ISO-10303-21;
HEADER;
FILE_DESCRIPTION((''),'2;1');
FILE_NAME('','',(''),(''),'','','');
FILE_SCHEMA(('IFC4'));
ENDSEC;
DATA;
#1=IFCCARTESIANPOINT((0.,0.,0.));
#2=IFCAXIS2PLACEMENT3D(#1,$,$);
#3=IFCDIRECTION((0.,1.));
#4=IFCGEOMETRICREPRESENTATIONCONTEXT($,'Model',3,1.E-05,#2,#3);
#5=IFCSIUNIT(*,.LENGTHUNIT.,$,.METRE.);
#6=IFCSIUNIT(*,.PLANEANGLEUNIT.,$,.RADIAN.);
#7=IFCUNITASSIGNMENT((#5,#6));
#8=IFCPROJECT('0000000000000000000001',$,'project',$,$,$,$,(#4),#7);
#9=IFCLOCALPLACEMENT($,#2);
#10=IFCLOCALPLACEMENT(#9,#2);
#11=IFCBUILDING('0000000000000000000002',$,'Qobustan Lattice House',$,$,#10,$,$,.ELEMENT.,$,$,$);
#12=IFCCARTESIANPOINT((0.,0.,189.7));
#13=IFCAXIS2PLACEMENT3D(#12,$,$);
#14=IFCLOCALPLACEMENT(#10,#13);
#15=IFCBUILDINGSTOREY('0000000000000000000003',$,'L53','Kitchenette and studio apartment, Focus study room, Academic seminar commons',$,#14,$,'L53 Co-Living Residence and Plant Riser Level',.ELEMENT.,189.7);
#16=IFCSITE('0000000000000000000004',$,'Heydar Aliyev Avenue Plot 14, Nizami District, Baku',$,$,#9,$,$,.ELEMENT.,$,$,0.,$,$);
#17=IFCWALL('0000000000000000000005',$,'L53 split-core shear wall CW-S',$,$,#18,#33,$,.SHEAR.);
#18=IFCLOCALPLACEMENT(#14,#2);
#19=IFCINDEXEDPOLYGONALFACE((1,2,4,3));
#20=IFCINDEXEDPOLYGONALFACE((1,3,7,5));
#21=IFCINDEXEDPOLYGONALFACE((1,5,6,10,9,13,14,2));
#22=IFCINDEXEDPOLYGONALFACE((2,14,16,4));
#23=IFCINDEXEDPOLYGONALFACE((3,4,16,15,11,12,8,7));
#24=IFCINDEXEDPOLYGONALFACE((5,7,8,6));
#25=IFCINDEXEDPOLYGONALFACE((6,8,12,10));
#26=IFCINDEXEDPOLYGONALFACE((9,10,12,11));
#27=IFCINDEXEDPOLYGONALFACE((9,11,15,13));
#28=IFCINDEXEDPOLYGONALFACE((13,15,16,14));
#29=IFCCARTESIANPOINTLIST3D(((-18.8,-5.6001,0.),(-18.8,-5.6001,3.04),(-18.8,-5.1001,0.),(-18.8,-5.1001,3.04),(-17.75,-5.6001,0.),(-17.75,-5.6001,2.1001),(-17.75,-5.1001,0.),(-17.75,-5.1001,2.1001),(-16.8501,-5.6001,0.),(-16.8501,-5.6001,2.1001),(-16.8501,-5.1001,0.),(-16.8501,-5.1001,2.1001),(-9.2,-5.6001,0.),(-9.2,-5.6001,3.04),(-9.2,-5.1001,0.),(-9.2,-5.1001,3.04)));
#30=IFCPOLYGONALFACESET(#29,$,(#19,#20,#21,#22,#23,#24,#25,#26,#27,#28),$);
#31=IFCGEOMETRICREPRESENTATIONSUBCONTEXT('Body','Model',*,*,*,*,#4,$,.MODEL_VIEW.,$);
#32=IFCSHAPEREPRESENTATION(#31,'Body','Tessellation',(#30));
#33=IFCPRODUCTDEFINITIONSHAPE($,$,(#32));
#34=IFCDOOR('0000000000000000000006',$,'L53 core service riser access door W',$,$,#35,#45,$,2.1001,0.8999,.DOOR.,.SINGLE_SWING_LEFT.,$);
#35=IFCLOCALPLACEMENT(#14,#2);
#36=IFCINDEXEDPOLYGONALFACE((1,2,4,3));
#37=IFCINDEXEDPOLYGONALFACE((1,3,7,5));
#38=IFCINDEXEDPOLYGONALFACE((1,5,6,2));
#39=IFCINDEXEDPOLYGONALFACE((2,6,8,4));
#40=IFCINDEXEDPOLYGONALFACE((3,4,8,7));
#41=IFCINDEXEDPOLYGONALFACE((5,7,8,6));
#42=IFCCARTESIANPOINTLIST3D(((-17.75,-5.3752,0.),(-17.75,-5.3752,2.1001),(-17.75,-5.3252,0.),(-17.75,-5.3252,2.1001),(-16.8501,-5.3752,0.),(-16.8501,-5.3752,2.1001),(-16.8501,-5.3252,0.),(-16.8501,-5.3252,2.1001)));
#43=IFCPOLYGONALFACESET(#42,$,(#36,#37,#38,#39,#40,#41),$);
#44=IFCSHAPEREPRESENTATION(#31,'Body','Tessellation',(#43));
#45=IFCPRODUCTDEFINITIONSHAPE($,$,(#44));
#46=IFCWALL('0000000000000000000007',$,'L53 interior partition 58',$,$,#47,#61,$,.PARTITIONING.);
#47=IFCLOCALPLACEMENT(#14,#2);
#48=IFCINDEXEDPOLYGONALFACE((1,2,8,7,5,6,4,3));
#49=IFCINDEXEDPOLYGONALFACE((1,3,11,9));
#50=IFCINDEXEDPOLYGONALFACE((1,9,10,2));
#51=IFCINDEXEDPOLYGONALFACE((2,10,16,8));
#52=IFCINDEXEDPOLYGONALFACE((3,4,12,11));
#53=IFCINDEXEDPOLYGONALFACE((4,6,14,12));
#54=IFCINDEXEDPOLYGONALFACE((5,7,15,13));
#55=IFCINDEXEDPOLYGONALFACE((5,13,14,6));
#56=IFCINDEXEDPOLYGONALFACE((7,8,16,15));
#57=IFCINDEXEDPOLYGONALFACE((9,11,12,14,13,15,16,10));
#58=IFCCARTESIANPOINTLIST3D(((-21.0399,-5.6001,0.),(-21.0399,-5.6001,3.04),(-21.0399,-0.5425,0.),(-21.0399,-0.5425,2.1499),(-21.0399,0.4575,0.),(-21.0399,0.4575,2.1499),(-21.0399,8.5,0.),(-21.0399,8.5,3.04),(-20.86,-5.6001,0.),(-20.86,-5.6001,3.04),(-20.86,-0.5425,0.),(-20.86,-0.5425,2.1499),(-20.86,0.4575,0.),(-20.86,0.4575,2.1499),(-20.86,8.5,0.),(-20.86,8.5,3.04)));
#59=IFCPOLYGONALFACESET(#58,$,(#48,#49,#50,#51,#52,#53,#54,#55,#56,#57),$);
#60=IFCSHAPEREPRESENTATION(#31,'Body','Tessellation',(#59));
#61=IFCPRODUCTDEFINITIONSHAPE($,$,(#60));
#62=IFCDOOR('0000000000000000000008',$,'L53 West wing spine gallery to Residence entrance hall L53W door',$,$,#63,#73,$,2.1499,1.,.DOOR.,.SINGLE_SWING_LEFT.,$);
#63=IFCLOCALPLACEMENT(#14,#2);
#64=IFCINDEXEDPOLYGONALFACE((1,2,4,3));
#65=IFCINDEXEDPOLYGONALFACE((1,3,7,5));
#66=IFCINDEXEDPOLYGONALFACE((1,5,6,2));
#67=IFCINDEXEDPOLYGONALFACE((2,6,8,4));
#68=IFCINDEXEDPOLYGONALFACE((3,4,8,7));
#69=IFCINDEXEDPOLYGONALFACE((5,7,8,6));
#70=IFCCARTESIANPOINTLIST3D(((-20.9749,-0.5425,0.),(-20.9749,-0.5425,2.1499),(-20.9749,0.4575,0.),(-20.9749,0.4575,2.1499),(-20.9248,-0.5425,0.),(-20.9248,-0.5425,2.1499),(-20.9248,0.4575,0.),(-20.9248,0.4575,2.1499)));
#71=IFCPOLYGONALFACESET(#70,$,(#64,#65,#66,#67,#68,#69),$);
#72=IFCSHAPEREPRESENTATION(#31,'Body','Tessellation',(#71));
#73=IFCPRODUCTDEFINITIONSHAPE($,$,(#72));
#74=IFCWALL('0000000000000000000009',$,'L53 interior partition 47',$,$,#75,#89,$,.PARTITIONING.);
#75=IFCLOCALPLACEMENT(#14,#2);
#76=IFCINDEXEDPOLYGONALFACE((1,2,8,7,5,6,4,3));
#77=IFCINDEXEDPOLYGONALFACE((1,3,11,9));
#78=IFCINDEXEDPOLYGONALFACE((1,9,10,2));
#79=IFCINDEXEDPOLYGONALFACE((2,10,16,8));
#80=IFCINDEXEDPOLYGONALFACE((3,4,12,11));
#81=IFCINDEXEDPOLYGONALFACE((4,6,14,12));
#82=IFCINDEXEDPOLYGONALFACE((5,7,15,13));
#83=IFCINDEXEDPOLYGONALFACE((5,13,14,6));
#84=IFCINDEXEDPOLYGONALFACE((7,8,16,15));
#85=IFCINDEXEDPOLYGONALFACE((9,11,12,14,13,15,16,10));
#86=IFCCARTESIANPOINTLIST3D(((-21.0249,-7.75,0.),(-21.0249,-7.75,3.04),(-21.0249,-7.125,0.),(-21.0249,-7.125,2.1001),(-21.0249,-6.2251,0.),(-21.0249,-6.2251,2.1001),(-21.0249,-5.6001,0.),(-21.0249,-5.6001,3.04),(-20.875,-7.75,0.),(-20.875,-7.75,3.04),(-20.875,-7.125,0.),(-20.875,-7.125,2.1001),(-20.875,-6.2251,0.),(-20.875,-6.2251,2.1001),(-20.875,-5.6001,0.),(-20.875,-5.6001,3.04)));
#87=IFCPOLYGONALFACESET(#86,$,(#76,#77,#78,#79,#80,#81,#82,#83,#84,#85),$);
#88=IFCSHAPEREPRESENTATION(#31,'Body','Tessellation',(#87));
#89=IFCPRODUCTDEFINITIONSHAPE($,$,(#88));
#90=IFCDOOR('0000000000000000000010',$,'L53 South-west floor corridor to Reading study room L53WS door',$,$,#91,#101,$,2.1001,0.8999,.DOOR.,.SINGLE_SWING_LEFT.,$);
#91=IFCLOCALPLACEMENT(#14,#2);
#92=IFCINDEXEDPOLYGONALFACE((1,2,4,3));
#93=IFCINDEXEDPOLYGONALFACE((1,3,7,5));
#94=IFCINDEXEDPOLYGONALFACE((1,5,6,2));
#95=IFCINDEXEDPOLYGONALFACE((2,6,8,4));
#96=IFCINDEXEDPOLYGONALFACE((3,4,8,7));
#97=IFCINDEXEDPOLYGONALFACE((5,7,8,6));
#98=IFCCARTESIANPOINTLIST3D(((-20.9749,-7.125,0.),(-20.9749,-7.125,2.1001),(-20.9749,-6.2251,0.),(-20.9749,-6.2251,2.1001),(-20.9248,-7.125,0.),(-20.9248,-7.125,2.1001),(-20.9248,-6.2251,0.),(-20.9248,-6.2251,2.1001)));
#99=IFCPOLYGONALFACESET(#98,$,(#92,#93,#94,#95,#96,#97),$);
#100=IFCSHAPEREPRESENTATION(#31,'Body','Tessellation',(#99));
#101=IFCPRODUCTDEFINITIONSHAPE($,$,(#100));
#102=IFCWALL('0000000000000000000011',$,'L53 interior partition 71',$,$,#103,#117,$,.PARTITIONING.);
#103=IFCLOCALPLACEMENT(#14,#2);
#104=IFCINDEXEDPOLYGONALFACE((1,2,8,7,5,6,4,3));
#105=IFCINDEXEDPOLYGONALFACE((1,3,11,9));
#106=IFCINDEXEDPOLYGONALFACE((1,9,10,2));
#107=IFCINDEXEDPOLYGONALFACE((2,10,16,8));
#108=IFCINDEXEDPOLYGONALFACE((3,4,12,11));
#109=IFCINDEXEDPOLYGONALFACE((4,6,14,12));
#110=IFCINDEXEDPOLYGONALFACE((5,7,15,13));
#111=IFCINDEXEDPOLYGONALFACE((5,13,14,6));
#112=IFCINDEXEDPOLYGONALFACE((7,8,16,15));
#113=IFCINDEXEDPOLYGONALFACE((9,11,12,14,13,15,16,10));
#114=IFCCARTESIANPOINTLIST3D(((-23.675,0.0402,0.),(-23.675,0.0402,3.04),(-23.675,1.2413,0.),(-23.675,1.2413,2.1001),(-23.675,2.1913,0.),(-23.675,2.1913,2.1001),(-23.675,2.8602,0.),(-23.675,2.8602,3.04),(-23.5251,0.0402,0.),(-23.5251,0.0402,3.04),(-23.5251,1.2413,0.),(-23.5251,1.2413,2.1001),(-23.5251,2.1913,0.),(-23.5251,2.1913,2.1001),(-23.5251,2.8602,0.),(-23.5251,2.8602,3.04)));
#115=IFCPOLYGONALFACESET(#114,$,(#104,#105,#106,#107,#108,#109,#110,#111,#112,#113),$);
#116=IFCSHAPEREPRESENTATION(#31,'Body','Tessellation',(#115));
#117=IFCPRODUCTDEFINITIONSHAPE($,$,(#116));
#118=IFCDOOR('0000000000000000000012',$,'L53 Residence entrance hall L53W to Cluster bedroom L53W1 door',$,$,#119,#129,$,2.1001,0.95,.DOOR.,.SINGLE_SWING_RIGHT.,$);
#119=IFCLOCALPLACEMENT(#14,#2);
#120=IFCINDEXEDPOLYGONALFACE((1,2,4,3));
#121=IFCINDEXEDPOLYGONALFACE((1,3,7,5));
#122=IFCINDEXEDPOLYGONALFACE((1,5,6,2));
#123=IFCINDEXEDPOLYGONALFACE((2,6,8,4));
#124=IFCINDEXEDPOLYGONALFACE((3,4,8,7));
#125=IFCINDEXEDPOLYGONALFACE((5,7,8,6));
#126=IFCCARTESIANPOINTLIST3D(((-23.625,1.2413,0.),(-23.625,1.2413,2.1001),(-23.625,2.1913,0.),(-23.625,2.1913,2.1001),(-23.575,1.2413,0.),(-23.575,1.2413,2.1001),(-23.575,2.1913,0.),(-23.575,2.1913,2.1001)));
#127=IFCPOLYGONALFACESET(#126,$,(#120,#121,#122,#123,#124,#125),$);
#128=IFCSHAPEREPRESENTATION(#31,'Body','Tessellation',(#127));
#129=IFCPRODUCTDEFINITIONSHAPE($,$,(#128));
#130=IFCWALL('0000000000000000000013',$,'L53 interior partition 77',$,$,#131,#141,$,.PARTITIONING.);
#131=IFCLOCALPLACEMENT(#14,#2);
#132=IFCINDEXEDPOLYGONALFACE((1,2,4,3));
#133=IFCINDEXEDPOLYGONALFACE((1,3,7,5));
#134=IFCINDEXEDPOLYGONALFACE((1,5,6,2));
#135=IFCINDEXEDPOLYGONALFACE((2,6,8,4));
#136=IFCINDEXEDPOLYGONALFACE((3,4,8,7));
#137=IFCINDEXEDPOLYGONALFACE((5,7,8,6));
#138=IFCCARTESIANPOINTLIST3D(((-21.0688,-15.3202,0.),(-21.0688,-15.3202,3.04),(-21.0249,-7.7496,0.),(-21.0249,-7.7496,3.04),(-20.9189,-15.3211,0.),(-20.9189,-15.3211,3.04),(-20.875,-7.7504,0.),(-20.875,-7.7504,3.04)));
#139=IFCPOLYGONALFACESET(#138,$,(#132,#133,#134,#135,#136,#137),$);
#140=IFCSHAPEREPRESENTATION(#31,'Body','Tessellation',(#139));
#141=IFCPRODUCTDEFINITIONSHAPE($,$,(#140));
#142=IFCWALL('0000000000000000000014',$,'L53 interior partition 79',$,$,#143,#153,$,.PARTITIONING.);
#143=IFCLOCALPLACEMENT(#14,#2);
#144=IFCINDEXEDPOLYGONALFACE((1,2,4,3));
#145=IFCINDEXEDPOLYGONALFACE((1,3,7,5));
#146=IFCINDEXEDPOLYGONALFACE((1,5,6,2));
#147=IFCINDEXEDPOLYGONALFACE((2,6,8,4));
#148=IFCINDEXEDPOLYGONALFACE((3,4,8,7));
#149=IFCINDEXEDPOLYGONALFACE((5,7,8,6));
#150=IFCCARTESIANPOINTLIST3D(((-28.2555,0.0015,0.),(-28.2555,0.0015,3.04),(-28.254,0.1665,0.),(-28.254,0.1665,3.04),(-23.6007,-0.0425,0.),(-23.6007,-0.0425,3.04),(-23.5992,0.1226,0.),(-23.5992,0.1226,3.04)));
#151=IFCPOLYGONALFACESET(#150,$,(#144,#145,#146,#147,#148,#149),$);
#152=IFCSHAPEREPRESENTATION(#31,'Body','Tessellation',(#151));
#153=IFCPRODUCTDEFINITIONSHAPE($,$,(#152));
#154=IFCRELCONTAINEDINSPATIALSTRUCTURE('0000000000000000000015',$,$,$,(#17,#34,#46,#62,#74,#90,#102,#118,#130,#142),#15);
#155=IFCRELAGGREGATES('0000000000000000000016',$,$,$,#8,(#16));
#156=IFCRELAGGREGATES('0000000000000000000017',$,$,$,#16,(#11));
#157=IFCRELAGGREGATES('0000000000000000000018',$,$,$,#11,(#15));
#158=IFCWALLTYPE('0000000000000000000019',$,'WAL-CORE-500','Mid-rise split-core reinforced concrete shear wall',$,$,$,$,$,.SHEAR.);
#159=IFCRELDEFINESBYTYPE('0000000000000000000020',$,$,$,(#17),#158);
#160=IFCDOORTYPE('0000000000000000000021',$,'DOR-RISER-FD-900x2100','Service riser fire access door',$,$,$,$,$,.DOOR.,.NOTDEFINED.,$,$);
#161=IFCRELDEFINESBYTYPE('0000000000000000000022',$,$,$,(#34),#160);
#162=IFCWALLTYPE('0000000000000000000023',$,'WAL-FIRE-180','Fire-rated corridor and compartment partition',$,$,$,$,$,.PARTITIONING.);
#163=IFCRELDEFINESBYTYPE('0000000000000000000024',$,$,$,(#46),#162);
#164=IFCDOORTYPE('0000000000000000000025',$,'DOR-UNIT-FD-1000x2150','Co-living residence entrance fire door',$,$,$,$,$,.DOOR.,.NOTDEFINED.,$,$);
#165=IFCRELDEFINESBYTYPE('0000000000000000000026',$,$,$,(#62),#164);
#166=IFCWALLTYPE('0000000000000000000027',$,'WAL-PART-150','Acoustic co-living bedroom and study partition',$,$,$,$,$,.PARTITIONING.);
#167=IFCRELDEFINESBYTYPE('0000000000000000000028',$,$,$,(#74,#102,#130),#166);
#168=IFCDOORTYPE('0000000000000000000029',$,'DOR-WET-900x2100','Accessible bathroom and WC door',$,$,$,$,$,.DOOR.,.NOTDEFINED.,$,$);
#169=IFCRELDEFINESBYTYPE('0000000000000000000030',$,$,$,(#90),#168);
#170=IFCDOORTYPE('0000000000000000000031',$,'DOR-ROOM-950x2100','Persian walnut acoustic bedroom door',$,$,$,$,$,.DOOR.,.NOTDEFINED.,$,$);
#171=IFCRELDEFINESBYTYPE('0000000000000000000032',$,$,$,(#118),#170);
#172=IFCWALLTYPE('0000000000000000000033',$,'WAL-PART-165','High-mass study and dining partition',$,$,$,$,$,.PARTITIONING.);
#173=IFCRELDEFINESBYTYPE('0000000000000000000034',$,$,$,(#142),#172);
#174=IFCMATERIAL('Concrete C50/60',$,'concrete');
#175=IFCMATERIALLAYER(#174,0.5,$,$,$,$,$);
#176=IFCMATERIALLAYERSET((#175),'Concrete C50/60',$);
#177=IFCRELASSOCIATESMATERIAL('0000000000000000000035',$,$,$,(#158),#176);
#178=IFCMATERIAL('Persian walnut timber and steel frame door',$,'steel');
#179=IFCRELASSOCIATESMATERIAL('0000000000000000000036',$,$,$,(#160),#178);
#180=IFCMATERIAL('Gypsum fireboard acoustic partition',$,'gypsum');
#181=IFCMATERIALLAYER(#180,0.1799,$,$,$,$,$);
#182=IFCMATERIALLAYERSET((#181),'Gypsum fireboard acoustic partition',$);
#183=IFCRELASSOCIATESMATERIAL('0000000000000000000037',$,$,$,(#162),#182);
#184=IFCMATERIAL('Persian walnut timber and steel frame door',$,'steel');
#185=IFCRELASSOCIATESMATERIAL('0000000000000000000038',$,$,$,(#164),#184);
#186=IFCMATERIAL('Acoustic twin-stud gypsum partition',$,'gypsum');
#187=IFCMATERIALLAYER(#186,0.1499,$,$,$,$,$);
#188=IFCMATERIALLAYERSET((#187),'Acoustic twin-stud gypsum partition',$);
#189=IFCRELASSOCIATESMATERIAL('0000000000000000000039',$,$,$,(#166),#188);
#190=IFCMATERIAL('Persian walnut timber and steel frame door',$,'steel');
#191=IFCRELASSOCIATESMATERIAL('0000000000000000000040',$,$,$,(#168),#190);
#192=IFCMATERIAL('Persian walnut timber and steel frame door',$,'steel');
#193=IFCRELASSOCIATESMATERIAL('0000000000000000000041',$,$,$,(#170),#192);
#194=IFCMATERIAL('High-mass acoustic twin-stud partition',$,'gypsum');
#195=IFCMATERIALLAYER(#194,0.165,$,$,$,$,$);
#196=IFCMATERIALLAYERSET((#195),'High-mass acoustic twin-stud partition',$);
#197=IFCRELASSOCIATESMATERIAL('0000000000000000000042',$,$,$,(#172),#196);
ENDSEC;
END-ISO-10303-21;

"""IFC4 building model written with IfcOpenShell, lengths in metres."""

from ifc_helpers import new_model, si_unit, direction, frame, frame_2d, origin, place, context, subcontext, project, spatial, rectangle, extrude, material, layer, layer_set, type_object, element, fill, save


model = new_model("IFC4")

# Units and contexts
model_context = context("Model", 3, precision=1e-05, world=origin(), true_north=direction((0.0, 1.0)))
body_context = subcontext(model_context, "Body", "Model", "MODEL_VIEW")
ifc_project = project(units=[si_unit("LENGTHUNIT", "METRE"), si_unit("PLANEANGLEUNIT", "RADIAN")], contexts=[model_context])

# Site, building, storey
site_placement = place(None, origin())
site = spatial("IfcSite", under=ifc_project, at=site_placement, Name="Heydar Aliyev Avenue Plot 14, Nizami District, Baku", CompositionType="ELEMENT", RefElevation=0.0)
building_placement = place(site_placement, origin())
building = spatial("IfcBuilding", under=site, at=building_placement, Name="Qobustan Lattice House", CompositionType="ELEMENT")
storey_placement = place(building_placement, frame((0.0, 0.0, 189.7)))
storey = spatial("IfcBuildingStorey", under=building, at=storey_placement, Name="L53", Description="Kitchenette and studio apartment, Focus study room, Academic seminar commons", LongName="L53 Co-Living Residence and Plant Riser Level", CompositionType="ELEMENT", Elevation=189.7)

# Walls, openings, doors
ifc_material_1 = material(Name="Concrete C50/60", Category="concrete")
ifc_layer_1 = layer(ifc_material_1, 0.5)
ifc_layer_set_1 = layer_set([ifc_layer_1], Name="Concrete C50/60")
wall_type_1 = type_object("IfcWallType", Name="WAL-CORE-500", Description="Mid-rise split-core reinforced concrete shear wall", PredefinedType="SHEAR", material=ifc_layer_set_1)
wall_1_placement = place(storey_placement, frame((-18.8, -5.3501, 0.0), z_axis=(0.0, 0.0, 1.0), x_axis=(1.0, 0.0, 0.0)))
wall_1 = element("IfcWall", 1, at=wall_1_placement, inside=storey, type_object=wall_type_1, Name="L53 split-core shear wall CW-S", PredefinedType="SHEAR", context=body_context, shape_type="SweptSolid", body=[
    extrude(rectangle(XDim=9.6001, YDim=0.5, at=frame_2d((4.8, 0.0))), origin(), (0.0, 0.0, 1.0), 3.04),
])
opening_1_placement = place(wall_1_placement, frame((1.05, 0.0, 0.0)))
opening_1 = element("IfcOpeningElement", 2, at=opening_1_placement, cuts=wall_1, PredefinedType="OPENING", context=body_context, shape_type="SweptSolid", body=[
    extrude(rectangle(XDim=0.8999, YDim=2.1001, at=frame_2d((0.45, 1.05))), frame((0.0, 0.26, 0.0), z_axis=(0.0, -1.0, 0.0), x_axis=(1.0, 0.0, 0.0)), (0.0, 0.0, 1.0), 0.52),
])
ifc_material_2 = material(Name="Persian walnut timber and steel frame door", Category="steel")
door_type_1 = type_object("IfcDoorType", Name="DOR-RISER-FD-900x2100", Description="Service riser fire access door", OperationType="NOTDEFINED", PredefinedType="DOOR", material=ifc_material_2)
door_1_placement = place(opening_1_placement, origin())
door_1 = element("IfcDoor", 3, at=door_1_placement, inside=storey, type_object=door_type_1, Name="L53 core service riser access door W", OperationType="SINGLE_SWING_LEFT", OverallHeight=2.1001, OverallWidth=0.8999, PredefinedType="DOOR", context=body_context, shape_type="SweptSolid", body=[
    extrude(rectangle(XDim=0.8999, YDim=2.1001, at=frame_2d((0.45, 1.05))), frame((0.0, 0.0249, 0.0), z_axis=(0.0, -1.0, 0.0), x_axis=(1.0, 0.0, 0.0)), (0.0, 0.0, 1.0), 0.05),
])
fill(opening_1, door_1)
ifc_material_3 = material(Name="Gypsum fireboard acoustic partition", Category="gypsum")
ifc_layer_2 = layer(ifc_material_3, 0.1799)
ifc_layer_set_2 = layer_set([ifc_layer_2], Name="Gypsum fireboard acoustic partition")
wall_type_2 = type_object("IfcWallType", Name="WAL-FIRE-180", Description="Fire-rated corridor and compartment partition", PredefinedType="PARTITIONING", material=ifc_layer_set_2)
wall_2_placement = place(storey_placement, frame((-20.95, -5.6001, 0.0), z_axis=(0.0, 0.0, 1.0), x_axis=(0.0, 1.0, 0.0)))
wall_2 = element("IfcWall", 4, at=wall_2_placement, inside=storey, type_object=wall_type_2, Name="L53 interior partition 58", PredefinedType="PARTITIONING", context=body_context, shape_type="SweptSolid", body=[
    extrude(rectangle(XDim=14.1001, YDim=0.1799, at=frame_2d((7.05, 0.0))), origin(), (0.0, 0.0, 1.0), 3.04),
])
opening_2_placement = place(wall_2_placement, frame((5.0576, 0.0, 0.0)))
opening_2 = element("IfcOpeningElement", 5, at=opening_2_placement, cuts=wall_2, PredefinedType="OPENING", context=body_context, shape_type="SweptSolid", body=[
    extrude(rectangle(XDim=1.0, YDim=2.1499, at=frame_2d((0.5, 1.075))), frame((0.0, 0.0999, 0.0), z_axis=(0.0, -1.0, 0.0), x_axis=(1.0, 0.0, 0.0)), (0.0, 0.0, 1.0), 0.2),
])
ifc_material_4 = material(Name="Persian walnut timber and steel frame door", Category="steel")
door_type_2 = type_object("IfcDoorType", Name="DOR-UNIT-FD-1000x2150", Description="Co-living residence entrance fire door", OperationType="NOTDEFINED", PredefinedType="DOOR", material=ifc_material_4)
door_2_placement = place(opening_2_placement, origin())
door_2 = element("IfcDoor", 6, at=door_2_placement, inside=storey, type_object=door_type_2, Name="L53 West wing spine gallery to Residence entrance hall L53W door", OperationType="SINGLE_SWING_LEFT", OverallHeight=2.1499, OverallWidth=1.0, PredefinedType="DOOR", context=body_context, shape_type="SweptSolid", body=[
    extrude(rectangle(XDim=1.0, YDim=2.1499, at=frame_2d((0.5, 1.075))), frame((0.0, 0.0249, 0.0), z_axis=(0.0, -1.0, 0.0), x_axis=(1.0, 0.0, 0.0)), (0.0, 0.0, 1.0), 0.05),
])
fill(opening_2, door_2)
ifc_material_5 = material(Name="Acoustic twin-stud gypsum partition", Category="gypsum")
ifc_layer_3 = layer(ifc_material_5, 0.1499)
ifc_layer_set_3 = layer_set([ifc_layer_3], Name="Acoustic twin-stud gypsum partition")
wall_type_3 = type_object("IfcWallType", Name="WAL-PART-150", Description="Acoustic co-living bedroom and study partition", PredefinedType="PARTITIONING", material=ifc_layer_set_3)
wall_3_placement = place(storey_placement, frame((-20.95, -7.75, 0.0), z_axis=(0.0, 0.0, 1.0), x_axis=(0.0, 1.0, 0.0)))
wall_3 = element("IfcWall", 7, at=wall_3_placement, inside=storey, type_object=wall_type_3, Name="L53 interior partition 47", PredefinedType="PARTITIONING", context=body_context, shape_type="SweptSolid", body=[
    extrude(rectangle(XDim=2.1499, YDim=0.1499, at=frame_2d((1.075, 0.0))), origin(), (0.0, 0.0, 1.0), 3.04),
])
opening_3_placement = place(wall_3_placement, frame((0.625, 0.0, 0.0)))
opening_3 = element("IfcOpeningElement", 8, at=opening_3_placement, cuts=wall_3, PredefinedType="OPENING", context=body_context, shape_type="SweptSolid", body=[
    extrude(rectangle(XDim=0.8999, YDim=2.1001, at=frame_2d((0.45, 1.05))), frame((0.0, 0.085, 0.0), z_axis=(0.0, -1.0, 0.0), x_axis=(1.0, 0.0, 0.0)), (0.0, 0.0, 1.0), 0.1699),
])
ifc_material_6 = material(Name="Persian walnut timber and steel frame door", Category="steel")
door_type_3 = type_object("IfcDoorType", Name="DOR-WET-900x2100", Description="Accessible bathroom and WC door", OperationType="NOTDEFINED", PredefinedType="DOOR", material=ifc_material_6)
door_3_placement = place(opening_3_placement, origin())
door_3 = element("IfcDoor", 9, at=door_3_placement, inside=storey, type_object=door_type_3, Name="L53 South-west floor corridor to Reading study room L53WS door", OperationType="SINGLE_SWING_LEFT", OverallHeight=2.1001, OverallWidth=0.8999, PredefinedType="DOOR", context=body_context, shape_type="SweptSolid", body=[
    extrude(rectangle(XDim=0.8999, YDim=2.1001, at=frame_2d((0.45, 1.05))), frame((0.0, 0.0249, 0.0), z_axis=(0.0, -1.0, 0.0), x_axis=(1.0, 0.0, 0.0)), (0.0, 0.0, 1.0), 0.05),
])
fill(opening_3, door_3)
wall_4_placement = place(storey_placement, frame((-23.6001, 0.04, 0.0), z_axis=(0.0, 0.0, 1.0), x_axis=(0.0, 1.0, 0.0)))
wall_4 = element("IfcWall", 10, at=wall_4_placement, inside=storey, type_object=wall_type_3, Name="L53 interior partition 71", PredefinedType="PARTITIONING", context=body_context, shape_type="SweptSolid", body=[
    extrude(rectangle(XDim=2.8201, YDim=0.1499, at=frame_2d((1.4102, 0.0))), origin(), (0.0, 0.0, 1.0), 3.04),
])
opening_4_placement = place(wall_4_placement, frame((1.2012, 0.0, 0.0)))
opening_4 = element("IfcOpeningElement", 11, at=opening_4_placement, cuts=wall_4, PredefinedType="OPENING", context=body_context, shape_type="SweptSolid", body=[
    extrude(rectangle(XDim=0.95, YDim=2.1001, at=frame_2d((0.4751, 1.05))), frame((0.0, 0.085, 0.0), z_axis=(0.0, -1.0, 0.0), x_axis=(1.0, 0.0, 0.0)), (0.0, 0.0, 1.0), 0.1699),
])
ifc_material_7 = material(Name="Persian walnut timber and steel frame door", Category="steel")
door_type_4 = type_object("IfcDoorType", Name="DOR-ROOM-950x2100", Description="Persian walnut acoustic bedroom door", OperationType="NOTDEFINED", PredefinedType="DOOR", material=ifc_material_7)
door_4_placement = place(opening_4_placement, origin())
door_4 = element("IfcDoor", 12, at=door_4_placement, inside=storey, type_object=door_type_4, Name="L53 Residence entrance hall L53W to Cluster bedroom L53W1 door", OperationType="SINGLE_SWING_RIGHT", OverallHeight=2.1001, OverallWidth=0.95, PredefinedType="DOOR", context=body_context, shape_type="SweptSolid", body=[
    extrude(rectangle(XDim=0.95, YDim=2.1001, at=frame_2d((0.4751, 1.05))), frame((0.0, 0.0249, 0.0), z_axis=(0.0, -1.0, 0.0), x_axis=(1.0, 0.0, 0.0)), (0.0, 0.0, 1.0), 0.05),
])
fill(opening_4, door_4)

# Wall
wall_5_placement = place(storey_placement, frame((-20.95, -7.75, 0.0), z_axis=(0.0, 0.0, 1.0), x_axis=(-0.005805, -0.999983, 0.0)))
element("IfcWall", 13, at=wall_5_placement, inside=storey, type_object=wall_type_3, Name="L53 interior partition 77", PredefinedType="PARTITIONING", context=body_context, shape_type="SweptSolid", body=[
    extrude(rectangle(XDim=7.5708, YDim=0.1499, at=frame_2d((3.7854, 0.0))), origin(), (0.0, 0.0, 1.0), 3.04),
])

# Shared definitions
ifc_material_8 = material(Name="High-mass acoustic twin-stud partition", Category="gypsum")
ifc_layer_4 = layer(ifc_material_8, 0.165)
ifc_layer_set_4 = layer_set([ifc_layer_4], Name="High-mass acoustic twin-stud partition")
wall_type_4 = type_object("IfcWallType", Name="WAL-PART-165", Description="High-mass study and dining partition", PredefinedType="PARTITIONING", material=ifc_layer_set_4)

# Wall
wall_6_placement = place(storey_placement, frame((-28.2549, 0.084, 0.0), z_axis=(0.0, 0.0, 1.0), x_axis=(0.999955, -0.00944, 0.0)))
element("IfcWall", 14, at=wall_6_placement, inside=storey, type_object=wall_type_4, Name="L53 interior partition 79", PredefinedType="PARTITIONING", context=body_context, shape_type="SweptSolid", body=[
    extrude(rectangle(XDim=4.655, YDim=0.165, at=frame_2d((2.3276, 0.0))), origin(), (0.0, 0.0, 1.0), 3.04),
])

save(model, "model.ifc")
